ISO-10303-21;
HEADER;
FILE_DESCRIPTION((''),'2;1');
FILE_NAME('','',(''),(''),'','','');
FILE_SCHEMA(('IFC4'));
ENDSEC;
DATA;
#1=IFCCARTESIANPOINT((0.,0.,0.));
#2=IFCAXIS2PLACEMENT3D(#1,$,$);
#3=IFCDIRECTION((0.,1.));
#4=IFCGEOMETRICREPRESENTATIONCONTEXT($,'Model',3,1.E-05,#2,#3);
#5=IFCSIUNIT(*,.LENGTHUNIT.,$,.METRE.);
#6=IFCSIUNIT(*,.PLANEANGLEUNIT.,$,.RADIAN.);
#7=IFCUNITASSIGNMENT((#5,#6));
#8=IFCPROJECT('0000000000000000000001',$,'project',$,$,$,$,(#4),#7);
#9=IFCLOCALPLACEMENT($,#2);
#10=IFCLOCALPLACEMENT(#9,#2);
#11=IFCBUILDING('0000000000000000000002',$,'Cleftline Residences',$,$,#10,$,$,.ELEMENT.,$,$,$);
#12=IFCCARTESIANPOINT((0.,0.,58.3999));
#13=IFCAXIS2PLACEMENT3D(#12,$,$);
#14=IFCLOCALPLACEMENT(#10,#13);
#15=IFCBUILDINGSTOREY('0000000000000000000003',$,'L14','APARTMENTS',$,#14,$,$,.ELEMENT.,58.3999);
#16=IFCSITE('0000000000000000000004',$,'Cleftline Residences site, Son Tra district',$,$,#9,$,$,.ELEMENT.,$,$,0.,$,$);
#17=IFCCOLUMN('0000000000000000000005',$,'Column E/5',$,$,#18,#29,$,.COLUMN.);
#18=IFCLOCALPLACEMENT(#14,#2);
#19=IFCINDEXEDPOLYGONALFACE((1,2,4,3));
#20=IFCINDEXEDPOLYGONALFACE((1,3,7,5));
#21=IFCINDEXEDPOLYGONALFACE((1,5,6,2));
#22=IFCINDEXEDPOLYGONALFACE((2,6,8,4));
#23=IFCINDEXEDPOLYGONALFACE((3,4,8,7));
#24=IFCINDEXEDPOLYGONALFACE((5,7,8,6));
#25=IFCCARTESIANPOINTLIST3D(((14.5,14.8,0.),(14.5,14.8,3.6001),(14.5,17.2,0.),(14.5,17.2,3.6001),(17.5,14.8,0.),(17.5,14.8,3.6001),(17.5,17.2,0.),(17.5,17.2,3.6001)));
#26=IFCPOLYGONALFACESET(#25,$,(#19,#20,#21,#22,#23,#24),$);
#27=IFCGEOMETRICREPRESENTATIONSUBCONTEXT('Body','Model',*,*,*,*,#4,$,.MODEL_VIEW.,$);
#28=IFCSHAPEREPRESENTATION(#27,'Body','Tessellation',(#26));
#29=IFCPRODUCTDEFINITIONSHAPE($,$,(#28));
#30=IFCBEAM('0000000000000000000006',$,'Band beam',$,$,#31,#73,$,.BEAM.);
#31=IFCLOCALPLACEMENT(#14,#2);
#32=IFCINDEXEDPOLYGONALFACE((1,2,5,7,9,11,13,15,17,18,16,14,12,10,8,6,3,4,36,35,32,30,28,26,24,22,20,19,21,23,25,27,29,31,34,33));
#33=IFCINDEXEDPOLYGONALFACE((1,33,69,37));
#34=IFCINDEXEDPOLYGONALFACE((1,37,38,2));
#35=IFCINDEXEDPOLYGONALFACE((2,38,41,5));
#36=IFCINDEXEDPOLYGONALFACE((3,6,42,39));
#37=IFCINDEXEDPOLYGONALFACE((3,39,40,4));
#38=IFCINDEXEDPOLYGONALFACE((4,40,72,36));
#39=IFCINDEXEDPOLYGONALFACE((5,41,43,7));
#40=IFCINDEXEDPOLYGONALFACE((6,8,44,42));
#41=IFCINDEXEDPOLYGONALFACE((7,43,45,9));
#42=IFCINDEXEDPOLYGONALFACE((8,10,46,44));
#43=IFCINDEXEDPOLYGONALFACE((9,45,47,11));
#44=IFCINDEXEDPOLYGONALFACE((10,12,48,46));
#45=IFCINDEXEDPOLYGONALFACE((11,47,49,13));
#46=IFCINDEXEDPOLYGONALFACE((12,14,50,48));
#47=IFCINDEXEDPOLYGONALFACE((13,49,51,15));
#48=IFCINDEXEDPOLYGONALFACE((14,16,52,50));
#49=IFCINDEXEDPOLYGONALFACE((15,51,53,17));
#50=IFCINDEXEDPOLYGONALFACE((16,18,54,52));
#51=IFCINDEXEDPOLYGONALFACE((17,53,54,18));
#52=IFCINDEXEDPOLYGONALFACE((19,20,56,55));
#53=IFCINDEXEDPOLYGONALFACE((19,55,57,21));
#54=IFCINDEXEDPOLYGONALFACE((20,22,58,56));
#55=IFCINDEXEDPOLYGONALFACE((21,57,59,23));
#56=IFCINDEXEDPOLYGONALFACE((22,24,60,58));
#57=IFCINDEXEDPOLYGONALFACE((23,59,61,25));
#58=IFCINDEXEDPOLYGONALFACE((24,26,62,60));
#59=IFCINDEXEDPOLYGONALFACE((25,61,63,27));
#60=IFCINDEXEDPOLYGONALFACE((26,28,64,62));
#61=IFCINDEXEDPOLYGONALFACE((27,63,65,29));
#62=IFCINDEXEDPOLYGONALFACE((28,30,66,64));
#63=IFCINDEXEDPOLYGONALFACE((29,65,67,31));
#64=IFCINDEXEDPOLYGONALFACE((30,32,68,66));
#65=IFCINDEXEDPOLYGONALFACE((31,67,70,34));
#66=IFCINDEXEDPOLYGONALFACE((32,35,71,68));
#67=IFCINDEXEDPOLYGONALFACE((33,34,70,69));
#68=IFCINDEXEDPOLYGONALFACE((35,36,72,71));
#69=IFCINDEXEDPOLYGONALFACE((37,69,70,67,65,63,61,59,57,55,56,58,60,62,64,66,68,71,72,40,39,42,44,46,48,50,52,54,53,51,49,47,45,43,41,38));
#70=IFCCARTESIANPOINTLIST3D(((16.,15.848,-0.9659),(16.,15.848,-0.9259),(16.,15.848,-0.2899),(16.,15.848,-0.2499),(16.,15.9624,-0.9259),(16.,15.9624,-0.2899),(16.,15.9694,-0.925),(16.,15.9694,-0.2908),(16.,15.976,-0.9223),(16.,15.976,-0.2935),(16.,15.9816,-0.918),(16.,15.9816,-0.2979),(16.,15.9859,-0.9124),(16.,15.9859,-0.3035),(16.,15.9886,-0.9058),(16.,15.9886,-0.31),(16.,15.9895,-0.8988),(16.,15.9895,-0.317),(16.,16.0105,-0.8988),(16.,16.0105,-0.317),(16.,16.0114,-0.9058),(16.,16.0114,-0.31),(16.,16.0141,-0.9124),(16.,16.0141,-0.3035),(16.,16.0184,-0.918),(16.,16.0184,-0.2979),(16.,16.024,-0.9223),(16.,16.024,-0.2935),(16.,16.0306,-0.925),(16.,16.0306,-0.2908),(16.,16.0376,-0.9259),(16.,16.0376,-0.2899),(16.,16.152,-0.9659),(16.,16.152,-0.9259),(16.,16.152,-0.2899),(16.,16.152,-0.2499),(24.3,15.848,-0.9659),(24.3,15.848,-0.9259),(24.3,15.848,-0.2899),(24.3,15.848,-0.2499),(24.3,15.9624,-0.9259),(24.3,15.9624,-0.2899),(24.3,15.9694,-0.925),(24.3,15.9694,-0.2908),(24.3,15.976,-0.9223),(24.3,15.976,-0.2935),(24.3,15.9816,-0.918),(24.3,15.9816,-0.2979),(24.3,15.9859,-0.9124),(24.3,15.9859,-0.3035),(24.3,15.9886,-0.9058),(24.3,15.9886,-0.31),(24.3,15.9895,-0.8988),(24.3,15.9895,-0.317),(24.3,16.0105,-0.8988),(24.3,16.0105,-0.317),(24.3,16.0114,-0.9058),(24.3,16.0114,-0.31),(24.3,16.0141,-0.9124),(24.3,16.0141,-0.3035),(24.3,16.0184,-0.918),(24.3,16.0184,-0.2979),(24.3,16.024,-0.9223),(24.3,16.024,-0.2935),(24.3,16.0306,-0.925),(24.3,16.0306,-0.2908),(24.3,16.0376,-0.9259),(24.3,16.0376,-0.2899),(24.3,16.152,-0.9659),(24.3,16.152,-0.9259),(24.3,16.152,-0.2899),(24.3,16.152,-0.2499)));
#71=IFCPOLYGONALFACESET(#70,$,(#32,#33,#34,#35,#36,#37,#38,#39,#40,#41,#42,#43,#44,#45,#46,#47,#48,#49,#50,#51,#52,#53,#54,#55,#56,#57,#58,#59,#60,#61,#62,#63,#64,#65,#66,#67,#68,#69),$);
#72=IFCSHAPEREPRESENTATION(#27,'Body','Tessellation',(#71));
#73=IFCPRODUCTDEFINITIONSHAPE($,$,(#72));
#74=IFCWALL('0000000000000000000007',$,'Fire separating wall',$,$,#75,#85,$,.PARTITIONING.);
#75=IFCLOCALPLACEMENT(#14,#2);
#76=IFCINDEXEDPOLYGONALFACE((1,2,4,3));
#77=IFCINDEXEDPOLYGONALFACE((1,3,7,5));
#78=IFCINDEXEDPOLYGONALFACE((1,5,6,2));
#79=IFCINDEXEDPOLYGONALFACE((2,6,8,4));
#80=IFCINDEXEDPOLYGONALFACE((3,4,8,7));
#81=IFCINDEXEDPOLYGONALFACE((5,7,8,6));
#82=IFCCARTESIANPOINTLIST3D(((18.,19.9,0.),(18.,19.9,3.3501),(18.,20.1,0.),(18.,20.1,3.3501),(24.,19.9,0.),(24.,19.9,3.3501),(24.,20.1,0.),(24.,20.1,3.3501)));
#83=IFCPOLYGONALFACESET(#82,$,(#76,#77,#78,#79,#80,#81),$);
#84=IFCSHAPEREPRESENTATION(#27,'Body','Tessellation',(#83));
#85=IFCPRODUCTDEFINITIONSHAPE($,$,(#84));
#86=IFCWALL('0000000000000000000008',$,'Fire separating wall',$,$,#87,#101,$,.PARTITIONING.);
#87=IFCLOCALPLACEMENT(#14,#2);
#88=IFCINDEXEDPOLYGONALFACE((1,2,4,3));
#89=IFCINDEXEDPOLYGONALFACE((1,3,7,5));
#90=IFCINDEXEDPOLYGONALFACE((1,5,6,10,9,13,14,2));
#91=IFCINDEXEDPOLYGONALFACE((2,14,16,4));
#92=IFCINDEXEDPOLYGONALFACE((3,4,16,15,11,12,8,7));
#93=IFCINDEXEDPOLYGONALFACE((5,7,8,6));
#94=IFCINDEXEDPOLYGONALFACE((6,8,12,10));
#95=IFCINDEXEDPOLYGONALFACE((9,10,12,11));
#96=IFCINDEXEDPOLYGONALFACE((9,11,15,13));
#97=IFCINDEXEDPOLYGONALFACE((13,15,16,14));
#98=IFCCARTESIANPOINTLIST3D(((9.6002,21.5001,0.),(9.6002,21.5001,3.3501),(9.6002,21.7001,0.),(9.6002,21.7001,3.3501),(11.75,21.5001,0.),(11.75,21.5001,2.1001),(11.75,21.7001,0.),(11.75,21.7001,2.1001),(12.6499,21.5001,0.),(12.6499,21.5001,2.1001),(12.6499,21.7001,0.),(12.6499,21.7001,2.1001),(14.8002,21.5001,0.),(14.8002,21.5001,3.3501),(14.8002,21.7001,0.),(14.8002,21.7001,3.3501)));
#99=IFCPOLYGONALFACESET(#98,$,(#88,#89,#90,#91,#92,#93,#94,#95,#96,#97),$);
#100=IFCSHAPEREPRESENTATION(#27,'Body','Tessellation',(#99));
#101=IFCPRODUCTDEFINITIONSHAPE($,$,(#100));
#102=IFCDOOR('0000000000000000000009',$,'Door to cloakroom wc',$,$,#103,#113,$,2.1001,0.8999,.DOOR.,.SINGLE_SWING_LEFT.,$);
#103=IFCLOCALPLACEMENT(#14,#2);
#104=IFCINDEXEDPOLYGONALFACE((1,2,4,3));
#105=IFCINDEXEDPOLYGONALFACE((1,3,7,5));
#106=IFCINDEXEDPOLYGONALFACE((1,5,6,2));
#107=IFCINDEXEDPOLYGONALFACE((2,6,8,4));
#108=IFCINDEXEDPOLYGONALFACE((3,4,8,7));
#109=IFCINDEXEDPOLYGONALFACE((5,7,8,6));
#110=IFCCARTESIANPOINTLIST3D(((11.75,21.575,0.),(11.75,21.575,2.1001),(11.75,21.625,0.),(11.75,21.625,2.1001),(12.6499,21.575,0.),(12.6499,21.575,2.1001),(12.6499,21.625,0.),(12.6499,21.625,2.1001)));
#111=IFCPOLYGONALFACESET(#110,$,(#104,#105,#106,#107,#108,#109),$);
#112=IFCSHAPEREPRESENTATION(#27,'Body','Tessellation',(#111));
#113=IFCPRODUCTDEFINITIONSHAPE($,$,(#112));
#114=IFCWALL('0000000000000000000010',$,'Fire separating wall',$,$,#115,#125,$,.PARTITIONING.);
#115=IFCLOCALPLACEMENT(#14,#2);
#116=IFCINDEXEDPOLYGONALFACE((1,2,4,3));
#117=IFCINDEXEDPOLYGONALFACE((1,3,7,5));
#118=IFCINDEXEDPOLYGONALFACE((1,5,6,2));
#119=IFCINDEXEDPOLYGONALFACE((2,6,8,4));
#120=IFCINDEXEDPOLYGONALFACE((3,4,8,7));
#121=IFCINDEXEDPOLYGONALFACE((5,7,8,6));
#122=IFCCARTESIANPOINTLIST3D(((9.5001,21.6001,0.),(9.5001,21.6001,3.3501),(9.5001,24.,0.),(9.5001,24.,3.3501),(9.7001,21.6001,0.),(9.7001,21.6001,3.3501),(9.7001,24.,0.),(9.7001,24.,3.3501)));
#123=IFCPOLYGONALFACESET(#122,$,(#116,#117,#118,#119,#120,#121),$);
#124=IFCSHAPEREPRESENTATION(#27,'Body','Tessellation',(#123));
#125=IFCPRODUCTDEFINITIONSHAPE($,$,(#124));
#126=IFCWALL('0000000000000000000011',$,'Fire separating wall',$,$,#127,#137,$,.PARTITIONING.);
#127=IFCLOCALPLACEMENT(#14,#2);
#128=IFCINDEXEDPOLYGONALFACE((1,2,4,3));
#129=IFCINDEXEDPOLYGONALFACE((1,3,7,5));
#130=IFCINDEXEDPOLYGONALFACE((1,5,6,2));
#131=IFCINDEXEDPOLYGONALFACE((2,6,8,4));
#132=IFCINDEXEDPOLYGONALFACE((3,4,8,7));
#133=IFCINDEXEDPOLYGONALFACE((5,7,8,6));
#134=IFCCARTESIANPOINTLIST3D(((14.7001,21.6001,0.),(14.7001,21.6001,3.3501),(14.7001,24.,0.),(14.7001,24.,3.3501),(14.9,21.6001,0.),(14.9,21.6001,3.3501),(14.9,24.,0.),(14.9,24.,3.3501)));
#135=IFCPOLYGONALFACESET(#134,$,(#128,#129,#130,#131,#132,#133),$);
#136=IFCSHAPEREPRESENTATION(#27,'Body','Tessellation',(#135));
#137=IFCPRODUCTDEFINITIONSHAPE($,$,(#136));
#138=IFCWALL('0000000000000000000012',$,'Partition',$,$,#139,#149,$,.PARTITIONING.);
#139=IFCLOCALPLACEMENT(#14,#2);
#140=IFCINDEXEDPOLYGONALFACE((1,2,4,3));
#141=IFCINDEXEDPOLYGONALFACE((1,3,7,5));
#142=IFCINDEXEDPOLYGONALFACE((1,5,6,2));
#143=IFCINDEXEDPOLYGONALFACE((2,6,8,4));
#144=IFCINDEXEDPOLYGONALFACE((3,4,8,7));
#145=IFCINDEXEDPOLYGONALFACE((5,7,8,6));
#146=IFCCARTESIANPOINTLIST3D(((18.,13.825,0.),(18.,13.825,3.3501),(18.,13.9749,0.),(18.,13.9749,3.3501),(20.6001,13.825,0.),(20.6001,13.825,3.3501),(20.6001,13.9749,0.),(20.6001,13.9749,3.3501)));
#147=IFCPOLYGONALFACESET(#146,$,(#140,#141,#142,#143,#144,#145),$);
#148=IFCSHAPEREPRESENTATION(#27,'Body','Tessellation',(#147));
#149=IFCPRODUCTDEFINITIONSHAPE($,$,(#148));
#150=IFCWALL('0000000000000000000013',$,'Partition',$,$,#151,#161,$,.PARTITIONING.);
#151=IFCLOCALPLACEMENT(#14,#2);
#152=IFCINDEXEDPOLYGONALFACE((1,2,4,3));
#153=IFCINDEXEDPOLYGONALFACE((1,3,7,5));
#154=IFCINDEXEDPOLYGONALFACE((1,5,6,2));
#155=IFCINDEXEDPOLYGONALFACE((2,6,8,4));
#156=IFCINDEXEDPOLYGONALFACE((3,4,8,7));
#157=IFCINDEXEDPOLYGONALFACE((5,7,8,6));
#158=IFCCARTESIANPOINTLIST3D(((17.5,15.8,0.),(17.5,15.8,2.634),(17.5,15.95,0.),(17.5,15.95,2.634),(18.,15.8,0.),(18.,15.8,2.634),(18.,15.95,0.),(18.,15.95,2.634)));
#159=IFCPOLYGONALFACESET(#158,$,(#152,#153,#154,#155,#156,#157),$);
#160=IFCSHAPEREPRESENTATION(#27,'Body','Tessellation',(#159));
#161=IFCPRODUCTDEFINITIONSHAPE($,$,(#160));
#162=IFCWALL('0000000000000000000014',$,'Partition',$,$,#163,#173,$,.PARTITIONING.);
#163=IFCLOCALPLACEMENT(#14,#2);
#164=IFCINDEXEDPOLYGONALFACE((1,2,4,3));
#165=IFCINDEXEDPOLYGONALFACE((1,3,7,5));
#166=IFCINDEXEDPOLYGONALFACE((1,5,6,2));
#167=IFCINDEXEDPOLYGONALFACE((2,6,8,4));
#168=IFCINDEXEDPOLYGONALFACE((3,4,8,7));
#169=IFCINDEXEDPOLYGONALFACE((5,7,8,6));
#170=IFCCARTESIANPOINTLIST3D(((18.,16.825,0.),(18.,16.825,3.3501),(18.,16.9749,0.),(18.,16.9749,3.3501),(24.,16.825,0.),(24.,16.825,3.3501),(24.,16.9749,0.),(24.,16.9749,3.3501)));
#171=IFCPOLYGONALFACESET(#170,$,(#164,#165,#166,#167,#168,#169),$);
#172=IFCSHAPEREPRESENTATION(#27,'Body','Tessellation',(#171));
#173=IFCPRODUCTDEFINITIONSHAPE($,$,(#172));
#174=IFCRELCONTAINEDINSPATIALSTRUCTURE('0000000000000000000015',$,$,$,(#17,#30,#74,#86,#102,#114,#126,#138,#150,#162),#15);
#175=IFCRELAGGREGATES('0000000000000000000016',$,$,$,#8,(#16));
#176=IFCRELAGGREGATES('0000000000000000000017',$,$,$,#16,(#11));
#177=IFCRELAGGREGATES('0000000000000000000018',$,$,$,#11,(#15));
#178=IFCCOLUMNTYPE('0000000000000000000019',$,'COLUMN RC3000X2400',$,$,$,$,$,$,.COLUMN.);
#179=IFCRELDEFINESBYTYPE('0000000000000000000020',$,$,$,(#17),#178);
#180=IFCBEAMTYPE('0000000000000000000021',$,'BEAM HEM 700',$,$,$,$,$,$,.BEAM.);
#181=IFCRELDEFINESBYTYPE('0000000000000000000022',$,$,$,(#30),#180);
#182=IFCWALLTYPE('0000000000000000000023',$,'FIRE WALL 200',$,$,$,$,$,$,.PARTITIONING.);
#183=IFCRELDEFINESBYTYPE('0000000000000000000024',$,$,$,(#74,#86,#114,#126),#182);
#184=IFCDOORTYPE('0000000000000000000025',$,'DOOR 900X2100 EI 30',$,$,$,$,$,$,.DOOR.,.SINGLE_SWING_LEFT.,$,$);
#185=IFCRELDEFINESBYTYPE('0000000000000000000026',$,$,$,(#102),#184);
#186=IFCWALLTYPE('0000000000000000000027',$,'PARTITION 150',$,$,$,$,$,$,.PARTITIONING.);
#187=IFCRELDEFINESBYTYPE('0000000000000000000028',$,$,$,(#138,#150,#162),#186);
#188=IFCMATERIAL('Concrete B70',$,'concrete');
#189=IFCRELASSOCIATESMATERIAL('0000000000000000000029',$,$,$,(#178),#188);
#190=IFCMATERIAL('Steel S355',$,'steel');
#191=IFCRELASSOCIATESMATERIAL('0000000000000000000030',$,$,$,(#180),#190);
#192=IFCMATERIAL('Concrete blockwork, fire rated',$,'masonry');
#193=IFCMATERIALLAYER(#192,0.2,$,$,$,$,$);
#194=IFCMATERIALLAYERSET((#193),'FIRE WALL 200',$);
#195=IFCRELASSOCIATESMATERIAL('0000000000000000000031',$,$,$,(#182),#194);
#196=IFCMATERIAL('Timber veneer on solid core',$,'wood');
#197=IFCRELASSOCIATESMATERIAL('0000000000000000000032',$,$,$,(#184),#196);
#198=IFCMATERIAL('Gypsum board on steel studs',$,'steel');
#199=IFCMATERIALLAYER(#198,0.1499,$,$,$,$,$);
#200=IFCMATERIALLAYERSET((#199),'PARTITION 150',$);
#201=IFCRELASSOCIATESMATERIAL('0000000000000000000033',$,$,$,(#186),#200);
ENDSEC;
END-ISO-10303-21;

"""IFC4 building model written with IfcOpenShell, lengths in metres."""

from ifc_helpers import new_model, si_unit, direction, frame, frame_2d, origin, origin_2d, place, context, subcontext, project, spatial, rectangle, i_section, extrude, material, layer, layer_set, material_profile, profile_set, type_object, element, fill, save


model = new_model("IFC4")

# Units and contexts
model_context = context("Model", 3, precision=1e-05, world=origin(), true_north=direction((0.0, 1.0)))
body_context = subcontext(model_context, "Body", "Model", "MODEL_VIEW")
ifc_project = project(units=[si_unit("LENGTHUNIT", "METRE"), si_unit("PLANEANGLEUNIT", "RADIAN")], contexts=[model_context])

# Site, building, storey
site_placement = place(None, origin())
site = spatial("IfcSite", under=ifc_project, at=site_placement, Name="Cleftline Residences site, Son Tra district", CompositionType="ELEMENT", RefElevation=0.0)
building_placement = place(site_placement, origin())
building = spatial("IfcBuilding", under=site, at=building_placement, Name="Cleftline Residences", CompositionType="ELEMENT")
storey_placement = place(building_placement, frame((0.0, 0.0, 58.3999)))
storey = spatial("IfcBuildingStorey", under=building, at=storey_placement, Name="L14", Description="APARTMENTS", CompositionType="ELEMENT", Elevation=58.3999)

# Column
ifc_material_1 = material(Name="Concrete B70", Category="concrete")
ifc_material_profile_1 = material_profile(ifc_material_1, rectangle(XDim=3.0, YDim=2.3999, at=origin_2d()))
ifc_profile_set_1 = profile_set([ifc_material_profile_1], Name="Concrete B70")
column_type = type_object("IfcColumnType", Name="COLUMN RC3000X2400", PredefinedType="COLUMN", material=ifc_profile_set_1)
column_placement = place(storey_placement, frame((16.0, 16.0, 0.0), z_axis=(0.0, 0.0, 1.0), x_axis=(1.0, 0.0, 0.0)))
element("IfcColumn", 1, at=column_placement, inside=storey, type_object=column_type, Name="Column E/5", PredefinedType="COLUMN", context=body_context, shape_type="SweptSolid", body=[
    extrude(rectangle(XDim=3.0, YDim=2.3999, at=origin_2d()), origin(), (0.0, 0.0, 1.0), 3.6001),
])

# Beam
ifc_material_2 = material(Name="Steel S355", Category="steel")
ifc_material_profile_2 = material_profile(ifc_material_2, i_section(OverallWidth=0.304, OverallDepth=0.7161, WebThickness=0.021, FlangeThickness=0.04, FilletRadius=0.0271, at=origin_2d()))
ifc_profile_set_2 = profile_set([ifc_material_profile_2], Name="Steel S355")
beam_type = type_object("IfcBeamType", Name="BEAM HEM 700", PredefinedType="BEAM", material=ifc_profile_set_2)
beam_placement = place(storey_placement, frame((16.0, 16.0, -0.6079), z_axis=(1.0, 0.0, 0.0), x_axis=(0.0, 1.0, 0.0)))
element("IfcBeam", 2, at=beam_placement, inside=storey, type_object=beam_type, Name="Band beam", PredefinedType="BEAM", context=body_context, shape_type="SweptSolid", body=[
    extrude(i_section(OverallWidth=0.304, OverallDepth=0.7161, WebThickness=0.021, FlangeThickness=0.04, FilletRadius=0.0271, at=origin_2d()), origin(), (0.0, 0.0, 1.0), 8.3),
])

# Wall
ifc_material_3 = material(Name="Concrete blockwork, fire rated", Category="masonry")
ifc_layer_1 = layer(ifc_material_3, 0.2)
ifc_layer_set_1 = layer_set([ifc_layer_1], Name="FIRE WALL 200")
wall_type_1 = type_object("IfcWallType", Name="FIRE WALL 200", PredefinedType="PARTITIONING", material=ifc_layer_set_1)
wall_1_placement = place(storey_placement, frame((18.0, 20.0, 0.0), z_axis=(0.0, 0.0, 1.0), x_axis=(1.0, 0.0, 0.0)))
element("IfcWall", 3, at=wall_1_placement, inside=storey, type_object=wall_type_1, Name="Fire separating wall", PredefinedType="PARTITIONING", context=body_context, shape_type="SweptSolid", body=[
    extrude(rectangle(XDim=6.0, YDim=0.2, at=frame_2d((3.0, 0.0))), origin(), (0.0, 0.0, 1.0), 3.3501),
])

# Wall, opening, door
wall_2_placement = place(storey_placement, frame((9.6001, 21.6001, 0.0), z_axis=(0.0, 0.0, 1.0), x_axis=(1.0, 0.0, 0.0)))
wall_2 = element("IfcWall", 4, at=wall_2_placement, inside=storey, type_object=wall_type_1, Name="Fire separating wall", PredefinedType="PARTITIONING", context=body_context, shape_type="SweptSolid", body=[
    extrude(rectangle(XDim=5.2, YDim=0.2, at=frame_2d((2.6001, 0.0))), origin(), (0.0, 0.0, 1.0), 3.3501),
])
opening_1_placement = place(wall_2_placement, frame((2.1499, 0.0, 0.0)))
opening_1 = element("IfcOpeningElement", 5, at=opening_1_placement, cuts=wall_2, PredefinedType="OPENING", context=body_context, shape_type="SweptSolid", body=[
    extrude(rectangle(XDim=0.8999, YDim=2.1001, at=frame_2d((0.45, 1.05))), frame((0.0, 0.1099, 0.0), z_axis=(0.0, -1.0, 0.0), x_axis=(1.0, 0.0, 0.0)), (0.0, 0.0, 1.0), 0.22),
])
ifc_material_4 = material(Name="Timber veneer on solid core", Category="wood")
door_type_1 = type_object("IfcDoorType", Name="DOOR 900X2100 EI 30", OperationType="SINGLE_SWING_LEFT", PredefinedType="DOOR", material=ifc_material_4)
door_1_placement = place(opening_1_placement, origin())
door_1 = element("IfcDoor", 6, at=door_1_placement, inside=storey, type_object=door_type_1, Name="Door to cloakroom wc", OperationType="SINGLE_SWING_LEFT", OverallHeight=2.1001, OverallWidth=0.8999, PredefinedType="DOOR", context=body_context, shape_type="SweptSolid", body=[
    extrude(rectangle(XDim=0.8999, YDim=2.1001, at=frame_2d((0.45, 1.05))), frame((0.0, 0.0249, 0.0), z_axis=(0.0, -1.0, 0.0), x_axis=(1.0, 0.0, 0.0)), (0.0, 0.0, 1.0), 0.05),
])
fill(opening_1, door_1)

# Walls
for number, where, z_axis, x_axis, name in (
    (7, (9.6001, 21.6001, 0.0), (0.0, 0.0, 1.0), (0.0, 1.0, 0.0), "Fire separating wall"),
    (8, (14.8, 21.6001, 0.0), (0.0, 0.0, 1.0), (0.0, 1.0, 0.0), "Fire separating wall"),
):
    element("IfcWall", number, at=place(storey_placement, frame(where, z_axis=z_axis, x_axis=x_axis)), inside=storey, type_object=wall_type_1, Name=name, PredefinedType="PARTITIONING", context=body_context, shape_type="SweptSolid", body=[
        extrude(rectangle(XDim=2.3999, YDim=0.2, at=frame_2d((1.2, 0.0))), origin(), (0.0, 0.0, 1.0), 3.3501),
    ])

# Walls
ifc_material_5 = material(Name="Gypsum board on steel studs", Category="steel")
ifc_layer_2 = layer(ifc_material_5, 0.1499)
ifc_layer_set_2 = layer_set([ifc_layer_2], Name="PARTITION 150")
wall_type_2 = type_object("IfcWallType", Name="PARTITION 150", PredefinedType="PARTITIONING", material=ifc_layer_set_2)
wall_3_placement = place(storey_placement, frame((18.0, 13.8999, 0.0), z_axis=(0.0, 0.0, 1.0), x_axis=(1.0, 0.0, 0.0)))
element("IfcWall", 9, at=wall_3_placement, inside=storey, type_object=wall_type_2, Name="Partition", PredefinedType="PARTITIONING", context=body_context, shape_type="SweptSolid", body=[
    extrude(rectangle(XDim=2.6001, YDim=0.1499, at=frame_2d((1.3, 0.0))), origin(), (0.0, 0.0, 1.0), 3.3501),
])
wall_4_placement = place(storey_placement, frame((17.5, 15.875, 0.0), z_axis=(0.0, 0.0, 1.0), x_axis=(1.0, 0.0, 0.0)))
element("IfcWall", 10, at=wall_4_placement, inside=storey, type_object=wall_type_2, Name="Partition", PredefinedType="PARTITIONING", context=body_context, shape_type="SweptSolid", body=[
    extrude(rectangle(XDim=0.5, YDim=0.1499, at=frame_2d((0.25, 0.0))), origin(), (0.0, 0.0, 1.0), 2.634),
])
wall_5_placement = place(storey_placement, frame((18.0, 16.8999, 0.0), z_axis=(0.0, 0.0, 1.0), x_axis=(1.0, 0.0, 0.0)))
element("IfcWall", 11, at=wall_5_placement, inside=storey, type_object=wall_type_2, Name="Partition", PredefinedType="PARTITIONING", context=body_context, shape_type="SweptSolid", body=[
    extrude(rectangle(XDim=6.0, YDim=0.1499, at=frame_2d((3.0, 0.0))), origin(), (0.0, 0.0, 1.0), 3.3501),
])

save(model, "model.ifc")
